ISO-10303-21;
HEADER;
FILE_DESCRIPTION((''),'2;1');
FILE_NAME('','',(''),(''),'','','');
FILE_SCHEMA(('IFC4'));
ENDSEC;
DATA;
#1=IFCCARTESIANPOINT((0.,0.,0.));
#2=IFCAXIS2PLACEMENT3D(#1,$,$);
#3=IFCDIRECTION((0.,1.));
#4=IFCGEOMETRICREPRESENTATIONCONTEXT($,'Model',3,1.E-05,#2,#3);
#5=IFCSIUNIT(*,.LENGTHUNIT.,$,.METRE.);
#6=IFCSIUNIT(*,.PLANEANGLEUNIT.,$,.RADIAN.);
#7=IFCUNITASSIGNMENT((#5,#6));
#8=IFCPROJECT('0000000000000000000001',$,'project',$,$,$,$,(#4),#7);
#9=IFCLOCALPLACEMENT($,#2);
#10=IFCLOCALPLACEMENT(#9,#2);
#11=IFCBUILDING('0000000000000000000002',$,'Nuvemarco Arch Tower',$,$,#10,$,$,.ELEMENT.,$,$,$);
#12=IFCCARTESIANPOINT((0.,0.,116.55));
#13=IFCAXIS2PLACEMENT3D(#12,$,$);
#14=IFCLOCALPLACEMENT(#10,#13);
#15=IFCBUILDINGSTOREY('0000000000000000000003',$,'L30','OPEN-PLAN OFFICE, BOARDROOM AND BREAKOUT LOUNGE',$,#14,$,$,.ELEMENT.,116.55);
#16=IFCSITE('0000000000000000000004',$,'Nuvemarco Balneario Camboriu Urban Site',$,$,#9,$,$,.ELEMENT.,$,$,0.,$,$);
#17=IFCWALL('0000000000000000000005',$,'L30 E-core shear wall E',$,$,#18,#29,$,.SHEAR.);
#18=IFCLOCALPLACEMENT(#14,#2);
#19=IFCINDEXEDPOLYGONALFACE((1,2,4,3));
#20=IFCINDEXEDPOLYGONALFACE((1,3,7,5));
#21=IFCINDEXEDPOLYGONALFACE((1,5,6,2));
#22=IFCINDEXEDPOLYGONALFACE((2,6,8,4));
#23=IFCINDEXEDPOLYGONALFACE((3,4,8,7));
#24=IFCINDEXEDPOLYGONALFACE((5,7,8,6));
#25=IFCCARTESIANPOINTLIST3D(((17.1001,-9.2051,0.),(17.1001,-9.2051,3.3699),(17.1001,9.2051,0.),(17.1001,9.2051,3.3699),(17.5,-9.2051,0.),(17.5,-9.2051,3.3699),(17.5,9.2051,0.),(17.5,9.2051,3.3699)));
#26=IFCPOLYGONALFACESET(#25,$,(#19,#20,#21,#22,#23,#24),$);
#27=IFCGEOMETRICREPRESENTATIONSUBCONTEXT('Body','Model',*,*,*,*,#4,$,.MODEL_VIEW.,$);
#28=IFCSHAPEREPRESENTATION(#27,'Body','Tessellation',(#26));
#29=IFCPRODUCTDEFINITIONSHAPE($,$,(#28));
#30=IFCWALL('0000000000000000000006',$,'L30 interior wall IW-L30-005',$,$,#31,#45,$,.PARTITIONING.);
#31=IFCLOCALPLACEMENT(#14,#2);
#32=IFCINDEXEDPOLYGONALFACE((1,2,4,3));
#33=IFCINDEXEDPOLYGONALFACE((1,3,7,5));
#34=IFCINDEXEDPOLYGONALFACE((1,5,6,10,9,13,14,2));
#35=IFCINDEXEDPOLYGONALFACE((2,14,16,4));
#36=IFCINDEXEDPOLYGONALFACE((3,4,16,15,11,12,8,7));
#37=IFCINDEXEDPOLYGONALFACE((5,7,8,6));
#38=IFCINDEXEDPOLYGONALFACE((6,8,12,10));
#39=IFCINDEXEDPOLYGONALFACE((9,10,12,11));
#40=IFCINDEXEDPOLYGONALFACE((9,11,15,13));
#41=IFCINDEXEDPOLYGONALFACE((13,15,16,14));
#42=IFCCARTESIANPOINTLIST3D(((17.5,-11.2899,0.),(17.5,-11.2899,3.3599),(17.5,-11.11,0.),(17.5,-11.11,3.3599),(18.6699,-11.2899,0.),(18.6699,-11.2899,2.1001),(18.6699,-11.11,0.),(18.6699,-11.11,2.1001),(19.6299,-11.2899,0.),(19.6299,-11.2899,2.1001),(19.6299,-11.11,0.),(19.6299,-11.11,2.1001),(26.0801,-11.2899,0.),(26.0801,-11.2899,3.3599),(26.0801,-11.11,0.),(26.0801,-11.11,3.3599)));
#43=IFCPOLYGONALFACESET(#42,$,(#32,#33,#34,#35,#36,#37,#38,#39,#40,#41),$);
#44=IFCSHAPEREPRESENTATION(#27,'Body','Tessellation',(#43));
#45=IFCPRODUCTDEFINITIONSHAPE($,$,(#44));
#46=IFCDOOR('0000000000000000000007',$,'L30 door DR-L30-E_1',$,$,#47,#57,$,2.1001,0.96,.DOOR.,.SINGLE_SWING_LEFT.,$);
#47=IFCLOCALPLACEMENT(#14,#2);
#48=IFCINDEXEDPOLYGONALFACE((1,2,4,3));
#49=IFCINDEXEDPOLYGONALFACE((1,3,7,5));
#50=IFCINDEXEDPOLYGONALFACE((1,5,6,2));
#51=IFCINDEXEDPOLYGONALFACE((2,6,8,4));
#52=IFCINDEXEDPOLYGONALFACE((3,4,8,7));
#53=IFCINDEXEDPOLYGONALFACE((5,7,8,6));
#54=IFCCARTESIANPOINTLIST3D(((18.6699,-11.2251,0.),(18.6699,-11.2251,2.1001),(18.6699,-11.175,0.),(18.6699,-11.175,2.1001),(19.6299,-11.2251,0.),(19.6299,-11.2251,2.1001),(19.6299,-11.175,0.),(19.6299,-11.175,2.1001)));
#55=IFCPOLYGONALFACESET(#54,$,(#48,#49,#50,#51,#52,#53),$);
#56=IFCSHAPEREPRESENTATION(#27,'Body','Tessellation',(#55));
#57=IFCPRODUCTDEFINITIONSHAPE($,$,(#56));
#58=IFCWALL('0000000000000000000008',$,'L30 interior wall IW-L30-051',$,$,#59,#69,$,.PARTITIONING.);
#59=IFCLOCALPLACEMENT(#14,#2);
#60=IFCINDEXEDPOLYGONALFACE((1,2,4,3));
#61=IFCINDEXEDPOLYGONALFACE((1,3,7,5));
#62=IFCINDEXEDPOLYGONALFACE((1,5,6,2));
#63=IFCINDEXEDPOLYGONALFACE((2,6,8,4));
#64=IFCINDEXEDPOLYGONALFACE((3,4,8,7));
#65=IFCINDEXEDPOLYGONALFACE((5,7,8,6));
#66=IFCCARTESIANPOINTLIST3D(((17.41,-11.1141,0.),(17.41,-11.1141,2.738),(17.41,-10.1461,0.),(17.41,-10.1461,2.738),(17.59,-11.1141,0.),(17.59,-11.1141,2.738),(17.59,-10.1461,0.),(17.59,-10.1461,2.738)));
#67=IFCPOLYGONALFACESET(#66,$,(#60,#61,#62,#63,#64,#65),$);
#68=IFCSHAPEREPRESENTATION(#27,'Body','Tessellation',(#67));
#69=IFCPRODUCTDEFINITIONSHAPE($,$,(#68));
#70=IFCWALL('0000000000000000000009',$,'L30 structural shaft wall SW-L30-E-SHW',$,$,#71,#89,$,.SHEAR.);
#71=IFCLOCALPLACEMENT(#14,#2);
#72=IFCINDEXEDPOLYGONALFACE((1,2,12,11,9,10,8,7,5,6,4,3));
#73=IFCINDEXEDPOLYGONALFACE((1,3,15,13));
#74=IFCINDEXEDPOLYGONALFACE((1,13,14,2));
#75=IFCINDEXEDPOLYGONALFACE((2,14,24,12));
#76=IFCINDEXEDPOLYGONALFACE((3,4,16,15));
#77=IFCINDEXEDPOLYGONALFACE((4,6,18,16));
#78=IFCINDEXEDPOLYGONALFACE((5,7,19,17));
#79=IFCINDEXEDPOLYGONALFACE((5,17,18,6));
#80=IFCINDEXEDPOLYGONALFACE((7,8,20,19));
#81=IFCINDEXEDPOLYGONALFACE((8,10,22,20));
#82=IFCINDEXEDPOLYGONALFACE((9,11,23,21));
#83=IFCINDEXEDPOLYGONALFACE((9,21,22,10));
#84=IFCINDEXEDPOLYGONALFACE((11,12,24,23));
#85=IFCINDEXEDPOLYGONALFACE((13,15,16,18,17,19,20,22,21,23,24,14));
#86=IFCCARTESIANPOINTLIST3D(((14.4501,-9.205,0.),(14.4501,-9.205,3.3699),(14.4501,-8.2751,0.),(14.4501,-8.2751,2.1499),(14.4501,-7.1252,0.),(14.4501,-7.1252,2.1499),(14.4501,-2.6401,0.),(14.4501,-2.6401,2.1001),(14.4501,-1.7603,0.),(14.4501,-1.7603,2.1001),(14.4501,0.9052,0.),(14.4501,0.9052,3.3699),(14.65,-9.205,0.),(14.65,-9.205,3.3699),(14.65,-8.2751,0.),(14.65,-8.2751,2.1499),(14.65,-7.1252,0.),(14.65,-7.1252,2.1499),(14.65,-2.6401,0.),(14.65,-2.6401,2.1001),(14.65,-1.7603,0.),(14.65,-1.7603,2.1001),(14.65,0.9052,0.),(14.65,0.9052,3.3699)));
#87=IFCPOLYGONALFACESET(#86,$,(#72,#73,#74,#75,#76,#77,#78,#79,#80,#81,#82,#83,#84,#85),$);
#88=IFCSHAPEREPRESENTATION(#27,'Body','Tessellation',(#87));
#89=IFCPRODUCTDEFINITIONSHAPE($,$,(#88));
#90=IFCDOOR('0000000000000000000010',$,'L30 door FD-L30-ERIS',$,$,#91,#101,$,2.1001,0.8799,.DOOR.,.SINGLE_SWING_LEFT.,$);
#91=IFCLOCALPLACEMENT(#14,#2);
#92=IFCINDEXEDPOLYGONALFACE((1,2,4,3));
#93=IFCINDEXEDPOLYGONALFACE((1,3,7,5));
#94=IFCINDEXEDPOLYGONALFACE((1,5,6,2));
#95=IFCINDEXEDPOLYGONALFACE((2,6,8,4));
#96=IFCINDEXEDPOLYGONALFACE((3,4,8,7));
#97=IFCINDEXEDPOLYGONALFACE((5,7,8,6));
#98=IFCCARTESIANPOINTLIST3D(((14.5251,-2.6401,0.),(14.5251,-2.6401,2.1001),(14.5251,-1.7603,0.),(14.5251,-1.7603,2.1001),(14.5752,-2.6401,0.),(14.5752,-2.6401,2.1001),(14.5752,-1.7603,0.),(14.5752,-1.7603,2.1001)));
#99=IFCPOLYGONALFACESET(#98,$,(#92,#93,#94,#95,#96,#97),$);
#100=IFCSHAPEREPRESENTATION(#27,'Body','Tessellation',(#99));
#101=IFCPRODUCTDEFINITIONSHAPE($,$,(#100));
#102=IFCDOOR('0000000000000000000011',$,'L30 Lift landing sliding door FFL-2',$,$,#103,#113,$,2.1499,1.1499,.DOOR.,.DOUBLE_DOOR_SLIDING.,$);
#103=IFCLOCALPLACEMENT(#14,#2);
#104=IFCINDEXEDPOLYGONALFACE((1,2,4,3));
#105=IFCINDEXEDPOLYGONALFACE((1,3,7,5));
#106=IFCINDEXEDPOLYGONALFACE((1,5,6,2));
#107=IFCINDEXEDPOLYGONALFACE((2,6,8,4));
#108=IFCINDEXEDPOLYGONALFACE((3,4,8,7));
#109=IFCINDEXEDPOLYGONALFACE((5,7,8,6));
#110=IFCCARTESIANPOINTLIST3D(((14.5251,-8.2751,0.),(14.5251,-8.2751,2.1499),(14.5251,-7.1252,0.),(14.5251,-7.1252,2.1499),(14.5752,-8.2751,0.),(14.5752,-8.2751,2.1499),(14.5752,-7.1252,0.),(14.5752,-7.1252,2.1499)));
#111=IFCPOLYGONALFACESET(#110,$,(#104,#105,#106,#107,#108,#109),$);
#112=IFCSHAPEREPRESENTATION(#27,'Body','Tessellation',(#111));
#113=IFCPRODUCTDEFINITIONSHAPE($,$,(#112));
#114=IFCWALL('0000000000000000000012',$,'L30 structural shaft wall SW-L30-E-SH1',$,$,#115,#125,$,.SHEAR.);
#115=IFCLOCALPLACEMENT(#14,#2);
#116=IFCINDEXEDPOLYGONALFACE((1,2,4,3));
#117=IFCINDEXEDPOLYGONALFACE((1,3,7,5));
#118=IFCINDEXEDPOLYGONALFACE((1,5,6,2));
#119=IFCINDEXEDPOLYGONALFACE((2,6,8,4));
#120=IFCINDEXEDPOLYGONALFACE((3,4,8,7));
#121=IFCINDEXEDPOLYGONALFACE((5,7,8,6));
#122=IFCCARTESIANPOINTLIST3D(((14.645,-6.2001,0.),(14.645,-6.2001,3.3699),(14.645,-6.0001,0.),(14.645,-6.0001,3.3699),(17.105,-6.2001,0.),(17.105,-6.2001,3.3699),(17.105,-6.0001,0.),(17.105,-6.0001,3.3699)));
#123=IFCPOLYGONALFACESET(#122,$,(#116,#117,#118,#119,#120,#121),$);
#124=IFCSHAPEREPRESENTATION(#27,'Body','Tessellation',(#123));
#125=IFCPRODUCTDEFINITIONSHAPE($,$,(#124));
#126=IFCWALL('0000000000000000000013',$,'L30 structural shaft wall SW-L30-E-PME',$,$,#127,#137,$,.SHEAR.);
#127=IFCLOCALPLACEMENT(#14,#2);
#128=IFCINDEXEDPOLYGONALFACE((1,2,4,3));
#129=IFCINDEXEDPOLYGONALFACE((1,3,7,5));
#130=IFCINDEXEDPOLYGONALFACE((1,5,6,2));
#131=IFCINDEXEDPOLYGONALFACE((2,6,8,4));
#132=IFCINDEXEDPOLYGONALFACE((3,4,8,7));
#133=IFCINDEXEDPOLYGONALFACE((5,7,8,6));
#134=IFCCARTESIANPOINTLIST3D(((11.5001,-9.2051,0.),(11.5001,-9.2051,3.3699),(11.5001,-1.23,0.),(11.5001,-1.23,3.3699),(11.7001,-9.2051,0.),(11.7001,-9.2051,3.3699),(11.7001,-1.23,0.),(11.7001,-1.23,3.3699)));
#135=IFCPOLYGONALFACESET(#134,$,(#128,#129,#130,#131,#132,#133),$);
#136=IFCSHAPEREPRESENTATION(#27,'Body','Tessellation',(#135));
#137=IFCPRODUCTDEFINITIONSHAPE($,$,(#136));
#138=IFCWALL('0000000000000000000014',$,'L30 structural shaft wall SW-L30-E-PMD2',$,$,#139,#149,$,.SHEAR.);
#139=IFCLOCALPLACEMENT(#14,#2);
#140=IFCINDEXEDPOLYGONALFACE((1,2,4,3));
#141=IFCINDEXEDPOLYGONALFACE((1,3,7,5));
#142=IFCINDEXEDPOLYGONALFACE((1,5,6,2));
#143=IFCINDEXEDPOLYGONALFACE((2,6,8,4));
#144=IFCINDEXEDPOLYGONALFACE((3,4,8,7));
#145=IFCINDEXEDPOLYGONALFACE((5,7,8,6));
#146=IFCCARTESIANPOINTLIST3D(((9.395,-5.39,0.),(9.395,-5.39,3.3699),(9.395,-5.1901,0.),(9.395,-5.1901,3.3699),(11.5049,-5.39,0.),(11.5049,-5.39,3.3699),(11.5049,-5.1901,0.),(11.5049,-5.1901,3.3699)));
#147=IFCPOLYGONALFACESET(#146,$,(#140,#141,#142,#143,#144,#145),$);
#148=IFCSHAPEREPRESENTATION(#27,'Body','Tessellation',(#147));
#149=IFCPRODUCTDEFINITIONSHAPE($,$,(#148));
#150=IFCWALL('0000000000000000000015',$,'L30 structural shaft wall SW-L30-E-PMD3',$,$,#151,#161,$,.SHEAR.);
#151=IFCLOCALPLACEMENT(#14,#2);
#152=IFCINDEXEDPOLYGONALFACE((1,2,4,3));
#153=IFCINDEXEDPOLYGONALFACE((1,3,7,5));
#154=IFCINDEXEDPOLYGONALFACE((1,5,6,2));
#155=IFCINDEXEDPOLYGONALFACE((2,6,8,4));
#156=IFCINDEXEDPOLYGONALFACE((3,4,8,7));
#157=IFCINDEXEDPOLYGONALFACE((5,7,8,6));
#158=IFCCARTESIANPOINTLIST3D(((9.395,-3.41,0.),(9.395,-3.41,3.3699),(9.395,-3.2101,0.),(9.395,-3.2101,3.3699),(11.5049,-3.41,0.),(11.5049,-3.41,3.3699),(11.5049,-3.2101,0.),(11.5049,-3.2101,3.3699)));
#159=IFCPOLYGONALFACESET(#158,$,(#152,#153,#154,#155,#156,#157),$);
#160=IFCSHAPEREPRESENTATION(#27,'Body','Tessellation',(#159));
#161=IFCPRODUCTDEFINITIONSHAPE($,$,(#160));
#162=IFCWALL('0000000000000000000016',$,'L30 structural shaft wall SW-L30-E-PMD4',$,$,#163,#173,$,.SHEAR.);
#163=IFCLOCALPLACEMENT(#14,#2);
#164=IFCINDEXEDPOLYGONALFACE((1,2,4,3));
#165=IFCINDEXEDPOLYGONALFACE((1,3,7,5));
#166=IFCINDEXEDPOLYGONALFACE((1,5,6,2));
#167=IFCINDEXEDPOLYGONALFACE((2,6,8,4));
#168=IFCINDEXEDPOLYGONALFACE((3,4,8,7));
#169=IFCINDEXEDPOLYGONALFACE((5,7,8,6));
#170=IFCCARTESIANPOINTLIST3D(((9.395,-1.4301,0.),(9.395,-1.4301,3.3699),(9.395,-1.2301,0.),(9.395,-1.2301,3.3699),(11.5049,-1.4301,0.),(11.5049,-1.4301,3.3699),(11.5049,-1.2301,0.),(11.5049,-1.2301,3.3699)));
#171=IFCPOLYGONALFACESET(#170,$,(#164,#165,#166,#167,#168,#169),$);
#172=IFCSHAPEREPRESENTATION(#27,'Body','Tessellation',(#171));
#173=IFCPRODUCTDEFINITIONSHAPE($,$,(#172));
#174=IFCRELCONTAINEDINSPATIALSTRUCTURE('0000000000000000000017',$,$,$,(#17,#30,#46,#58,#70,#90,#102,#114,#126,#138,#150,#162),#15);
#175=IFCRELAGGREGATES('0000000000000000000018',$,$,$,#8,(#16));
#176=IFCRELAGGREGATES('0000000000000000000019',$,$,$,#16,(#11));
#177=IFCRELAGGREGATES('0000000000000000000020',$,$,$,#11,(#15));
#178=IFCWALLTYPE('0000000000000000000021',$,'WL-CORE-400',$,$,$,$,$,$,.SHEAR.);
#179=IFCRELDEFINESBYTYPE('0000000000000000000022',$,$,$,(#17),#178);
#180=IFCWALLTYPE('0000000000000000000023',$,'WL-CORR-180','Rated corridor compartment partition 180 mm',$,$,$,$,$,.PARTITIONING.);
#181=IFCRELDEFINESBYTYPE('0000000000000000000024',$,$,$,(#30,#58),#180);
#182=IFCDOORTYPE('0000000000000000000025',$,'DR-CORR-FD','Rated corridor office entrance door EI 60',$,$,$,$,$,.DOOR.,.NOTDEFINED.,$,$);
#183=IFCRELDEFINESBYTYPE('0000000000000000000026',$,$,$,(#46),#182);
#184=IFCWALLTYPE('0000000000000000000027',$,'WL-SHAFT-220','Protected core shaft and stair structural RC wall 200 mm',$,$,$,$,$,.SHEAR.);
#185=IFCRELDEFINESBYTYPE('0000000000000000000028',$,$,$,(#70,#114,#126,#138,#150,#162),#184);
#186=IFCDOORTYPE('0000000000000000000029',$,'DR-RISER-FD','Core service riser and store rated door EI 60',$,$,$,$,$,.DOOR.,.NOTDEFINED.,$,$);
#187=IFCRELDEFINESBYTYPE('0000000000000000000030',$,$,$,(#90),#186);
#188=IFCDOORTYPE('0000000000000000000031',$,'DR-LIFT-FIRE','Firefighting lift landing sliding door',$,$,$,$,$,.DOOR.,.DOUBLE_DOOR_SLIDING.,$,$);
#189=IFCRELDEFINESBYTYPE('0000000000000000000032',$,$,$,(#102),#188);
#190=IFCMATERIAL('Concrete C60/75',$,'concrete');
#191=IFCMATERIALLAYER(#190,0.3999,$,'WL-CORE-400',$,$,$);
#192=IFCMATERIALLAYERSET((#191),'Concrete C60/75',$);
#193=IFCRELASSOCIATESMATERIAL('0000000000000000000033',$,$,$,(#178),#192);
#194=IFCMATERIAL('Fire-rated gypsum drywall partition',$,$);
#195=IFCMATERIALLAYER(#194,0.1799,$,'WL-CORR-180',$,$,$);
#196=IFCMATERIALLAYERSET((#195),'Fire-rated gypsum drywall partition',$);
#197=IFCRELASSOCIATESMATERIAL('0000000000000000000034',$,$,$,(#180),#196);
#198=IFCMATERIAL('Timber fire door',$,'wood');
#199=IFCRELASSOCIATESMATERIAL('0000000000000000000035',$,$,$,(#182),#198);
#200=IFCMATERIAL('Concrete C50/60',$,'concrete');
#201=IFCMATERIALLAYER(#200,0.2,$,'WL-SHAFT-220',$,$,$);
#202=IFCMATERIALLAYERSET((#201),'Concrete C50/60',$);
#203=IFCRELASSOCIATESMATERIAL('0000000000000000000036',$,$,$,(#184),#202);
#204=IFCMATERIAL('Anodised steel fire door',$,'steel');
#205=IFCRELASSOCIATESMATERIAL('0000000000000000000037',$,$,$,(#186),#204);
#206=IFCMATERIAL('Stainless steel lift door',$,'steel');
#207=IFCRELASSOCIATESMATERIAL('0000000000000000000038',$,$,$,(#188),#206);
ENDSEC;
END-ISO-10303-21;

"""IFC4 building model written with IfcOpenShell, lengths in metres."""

from ifc_helpers import new_model, si_unit, direction, frame, frame_2d, origin, place, context, subcontext, project, spatial, rectangle, extrude, source, transform, mapped, material, layer, layer_set, type_object, type_shapes, element, fill, save


model = new_model("IFC4")

# Units and contexts
model_context = context("Model", 3, precision=1e-05, world=origin(), true_north=direction((0.0, 1.0)))
body_context = subcontext(model_context, "Body", "Model", "MODEL_VIEW")
ifc_project = project(units=[si_unit("LENGTHUNIT", "METRE"), si_unit("PLANEANGLEUNIT", "RADIAN")], contexts=[model_context])

# Site, building, storey
site_placement = place(None, origin())
site = spatial("IfcSite", under=ifc_project, at=site_placement, Name="Nuvemarco Balneario Camboriu Urban Site", CompositionType="ELEMENT", RefElevation=0.0)
building_placement = place(site_placement, origin())
building = spatial("IfcBuilding", under=site, at=building_placement, Name="Nuvemarco Arch Tower", CompositionType="ELEMENT")
storey_placement = place(building_placement, frame((0.0, 0.0, 116.55)))
storey = spatial("IfcBuildingStorey", under=building, at=storey_placement, Name="L30", Description="OPEN-PLAN OFFICE, BOARDROOM AND BREAKOUT LOUNGE", CompositionType="ELEMENT", Elevation=116.55)

# Wall
ifc_material_1 = material(Name="Concrete C60/75", Category="concrete")
ifc_layer_1 = layer(ifc_material_1, 0.3999, Name="WL-CORE-400")
ifc_layer_set_1 = layer_set([ifc_layer_1], Name="Concrete C60/75")
wall_type_1 = type_object("IfcWallType", Name="WL-CORE-400", PredefinedType="SHEAR", material=ifc_layer_set_1)
wall_1_placement = place(storey_placement, frame((17.3, -9.2051, 0.0), z_axis=(0.0, 0.0, 1.0), x_axis=(0.0, 1.0, 0.0)))
element("IfcWall", 1, at=wall_1_placement, inside=storey, type_object=wall_type_1, Name="L30 E-core shear wall E", PredefinedType="SHEAR", context=body_context, shape_type="SweptSolid", body=[
    extrude(rectangle(XDim=18.4102, YDim=0.3999, at=frame_2d((9.2051, 0.0))), origin(), (0.0, 0.0, 1.0), 3.3699),
])

# Wall, opening, door
ifc_material_2 = material(Name="Fire-rated gypsum drywall partition")
ifc_layer_2 = layer(ifc_material_2, 0.1799, Name="WL-CORR-180")
ifc_layer_set_2 = layer_set([ifc_layer_2], Name="Fire-rated gypsum drywall partition")
wall_type_2 = type_object("IfcWallType", Name="WL-CORR-180", Description="Rated corridor compartment partition 180 mm", PredefinedType="PARTITIONING", material=ifc_layer_set_2)
wall_2_placement = place(storey_placement, frame((17.5, -11.2, 0.0), z_axis=(0.0, 0.0, 1.0), x_axis=(1.0, 0.0, 0.0)))
wall_2 = element("IfcWall", 2, at=wall_2_placement, inside=storey, type_object=wall_type_2, Name="L30 interior wall IW-L30-005", PredefinedType="PARTITIONING", context=body_context, shape_type="SweptSolid", body=[
    extrude(rectangle(XDim=8.5801, YDim=0.1799, at=frame_2d((4.29, 0.0))), origin(), (0.0, 0.0, 1.0), 3.3599),
])
opening_1_placement = place(wall_2_placement, frame((1.1699, 0.0, 0.0)))
opening_1 = element("IfcOpeningElement", 3, at=opening_1_placement, cuts=wall_2, PredefinedType="OPENING", context=body_context, shape_type="SweptSolid", body=[
    extrude(rectangle(XDim=0.96, YDim=2.1001, at=frame_2d((0.48, 1.05))), frame((0.0, 0.0999, 0.0), z_axis=(0.0, -1.0, 0.0), x_axis=(1.0, 0.0, 0.0)), (0.0, 0.0, 1.0), 0.2),
])
ifc_material_3 = material(Name="Timber fire door", Category="wood")
door_type_1 = type_object("IfcDoorType", Name="DR-CORR-FD", Description="Rated corridor office entrance door EI 60", OperationType="NOTDEFINED", PredefinedType="DOOR", material=ifc_material_3)
shared_shape_1 = source(origin(), body_context, "Body", "SweptSolid", [
    extrude(rectangle(XDim=0.96, YDim=2.1001, at=frame_2d((0.48, 1.05))), frame((0.0, 0.0249, 0.0), z_axis=(0.0, -1.0, 0.0), x_axis=(1.0, 0.0, 0.0)), (0.0, 0.0, 1.0), 0.05),
])
type_shapes(door_type_1, [shared_shape_1])
door_1_placement = place(opening_1_placement, origin())
door_1 = element("IfcDoor", 4, at=door_1_placement, inside=storey, type_object=door_type_1, Name="L30 door DR-L30-E_1", OperationType="SINGLE_SWING_LEFT", OverallHeight=2.1001, OverallWidth=0.96, PredefinedType="DOOR", context=body_context, shape_type="MappedRepresentation", body=[
    mapped(shared_shape_1, transform((0.0, 0.0, 0.0), scale=1.0)),
])
fill(opening_1, door_1)

# Wall
wall_3_placement = place(storey_placement, frame((17.5, -11.114, 0.0), z_axis=(0.0, 0.0, 1.0), x_axis=(0.0, 1.0, 0.0)))
element("IfcWall", 5, at=wall_3_placement, inside=storey, type_object=wall_type_2, Name="L30 interior wall IW-L30-051", PredefinedType="PARTITIONING", context=body_context, shape_type="SweptSolid", body=[
    extrude(rectangle(XDim=0.968, YDim=0.1799, at=frame_2d((0.4839, 0.0))), origin(), (0.0, 0.0, 1.0), 2.738),
])

# Wall, openings, doors
ifc_material_4 = material(Name="Concrete C50/60", Category="concrete")
ifc_layer_3 = layer(ifc_material_4, 0.2, Name="WL-SHAFT-220")
ifc_layer_set_3 = layer_set([ifc_layer_3], Name="Concrete C50/60")
wall_type_3 = type_object("IfcWallType", Name="WL-SHAFT-220", Description="Protected core shaft and stair structural RC wall 200 mm", PredefinedType="SHEAR", material=ifc_layer_set_3)
wall_4_placement = place(storey_placement, frame((14.55, -9.2051, 0.0), z_axis=(0.0, 0.0, 1.0), x_axis=(0.0, 1.0, 0.0)))
wall_4 = element("IfcWall", 6, at=wall_4_placement, inside=storey, type_object=wall_type_3, Name="L30 structural shaft wall SW-L30-E-SHW", PredefinedType="SHEAR", context=body_context, shape_type="SweptSolid", body=[
    extrude(rectangle(XDim=10.1101, YDim=0.2, at=frame_2d((5.0552, 0.0))), origin(), (0.0, 0.0, 1.0), 3.3699),
])
opening_2_placement = place(wall_4_placement, frame((6.5649, 0.0, 0.0)))
opening_2 = element("IfcOpeningElement", 7, at=opening_2_placement, cuts=wall_4, PredefinedType="OPENING", context=body_context, shape_type="SweptSolid", body=[
    extrude(rectangle(XDim=0.8799, YDim=2.1001, at=frame_2d((0.4399, 1.05))), frame((0.0, 0.1099, 0.0), z_axis=(0.0, -1.0, 0.0), x_axis=(1.0, 0.0, 0.0)), (0.0, 0.0, 1.0), 0.22),
])
opening_3_placement = place(wall_4_placement, frame((0.9299, 0.0, 0.0)))
opening_3 = element("IfcOpeningElement", 8, at=opening_3_placement, cuts=wall_4, PredefinedType="OPENING", context=body_context, shape_type="SweptSolid", body=[
    extrude(rectangle(XDim=1.1499, YDim=2.1499, at=frame_2d((0.575, 1.075))), frame((0.0, 0.1099, 0.0), z_axis=(0.0, -1.0, 0.0), x_axis=(1.0, 0.0, 0.0)), (0.0, 0.0, 1.0), 0.22),
])
ifc_material_5 = material(Name="Anodised steel fire door", Category="steel")
door_type_2 = type_object("IfcDoorType", Name="DR-RISER-FD", Description="Core service riser and store rated door EI 60", OperationType="NOTDEFINED", PredefinedType="DOOR", material=ifc_material_5)
shared_shape_2 = source(origin(), body_context, "Body", "SweptSolid", [
    extrude(rectangle(XDim=0.8799, YDim=2.1001, at=frame_2d((0.4399, 1.05))), frame((0.0, 0.0249, 0.0), z_axis=(0.0, -1.0, 0.0), x_axis=(1.0, 0.0, 0.0)), (0.0, 0.0, 1.0), 0.05),
])
type_shapes(door_type_2, [shared_shape_2])
door_2_placement = place(opening_2_placement, origin())
door_2 = element("IfcDoor", 9, at=door_2_placement, inside=storey, type_object=door_type_2, Name="L30 door FD-L30-ERIS", OperationType="SINGLE_SWING_LEFT", OverallHeight=2.1001, OverallWidth=0.8799, PredefinedType="DOOR", context=body_context, shape_type="MappedRepresentation", body=[
    mapped(shared_shape_2, transform((0.0, 0.0, 0.0), scale=1.0)),
])
fill(opening_2, door_2)
ifc_material_6 = material(Name="Stainless steel lift door", Category="steel")
door_type_3 = type_object("IfcDoorType", Name="DR-LIFT-FIRE", Description="Firefighting lift landing sliding door", OperationType="DOUBLE_DOOR_SLIDING", PredefinedType="DOOR", material=ifc_material_6)
shared_shape_3 = source(origin(), body_context, "Body", "SweptSolid", [
    extrude(rectangle(XDim=1.1499, YDim=2.1499, at=frame_2d((0.575, 1.075))), frame((0.0, 0.0249, 0.0), z_axis=(0.0, -1.0, 0.0), x_axis=(1.0, 0.0, 0.0)), (0.0, 0.0, 1.0), 0.05),
])
type_shapes(door_type_3, [shared_shape_3])
door_3_placement = place(opening_3_placement, origin())
door_3 = element("IfcDoor", 10, at=door_3_placement, inside=storey, type_object=door_type_3, Name="L30 Lift landing sliding door FFL-2", OperationType="DOUBLE_DOOR_SLIDING", OverallHeight=2.1499, OverallWidth=1.1499, PredefinedType="DOOR", context=body_context, shape_type="MappedRepresentation", body=[
    mapped(shared_shape_3, transform((0.0, 0.0, 0.0), scale=1.0)),
])
fill(opening_3, door_3)

# Walls
wall_5_placement = place(storey_placement, frame((14.645, -6.1001, 0.0), z_axis=(0.0, 0.0, 1.0), x_axis=(1.0, 0.0, 0.0)))
element("IfcWall", 11, at=wall_5_placement, inside=storey, type_object=wall_type_3, Name="L30 structural shaft wall SW-L30-E-SH1", PredefinedType="SHEAR", context=body_context, shape_type="SweptSolid", body=[
    extrude(rectangle(XDim=2.46, YDim=0.2, at=frame_2d((1.23, 0.0))), origin(), (0.0, 0.0, 1.0), 3.3699),
])
wall_6_placement = place(storey_placement, frame((11.6001, -9.2051, 0.0), z_axis=(0.0, 0.0, 1.0), x_axis=(0.0, 1.0, 0.0)))
element("IfcWall", 12, at=wall_6_placement, inside=storey, type_object=wall_type_3, Name="L30 structural shaft wall SW-L30-E-PME", PredefinedType="SHEAR", context=body_context, shape_type="SweptSolid", body=[
    extrude(rectangle(XDim=7.9751, YDim=0.2, at=frame_2d((3.9875, 0.0))), origin(), (0.0, 0.0, 1.0), 3.3699),
])

# Walls
for number, where, z_axis, x_axis, name in (
    (13, (9.395, -5.29, 0.0), (0.0, 0.0, 1.0), (1.0, 0.0, 0.0), "L30 structural shaft wall SW-L30-E-PMD2"),
    (14, (9.395, -3.3101, 0.0), (0.0, 0.0, 1.0), (1.0, 0.0, 0.0), "L30 structural shaft wall SW-L30-E-PMD3"),
    (15, (9.395, -1.3301, 0.0), (0.0, 0.0, 1.0), (1.0, 0.0, 0.0), "L30 structural shaft wall SW-L30-E-PMD4"),
):
    element("IfcWall", number, at=place(storey_placement, frame(where, z_axis=z_axis, x_axis=x_axis)), inside=storey, type_object=wall_type_3, Name=name, PredefinedType="SHEAR", context=body_context, shape_type="SweptSolid", body=[
        extrude(rectangle(XDim=2.1099, YDim=0.2, at=frame_2d((1.0549, 0.0))), origin(), (0.0, 0.0, 1.0), 3.3699),
    ])

save(model, "model.ifc")
